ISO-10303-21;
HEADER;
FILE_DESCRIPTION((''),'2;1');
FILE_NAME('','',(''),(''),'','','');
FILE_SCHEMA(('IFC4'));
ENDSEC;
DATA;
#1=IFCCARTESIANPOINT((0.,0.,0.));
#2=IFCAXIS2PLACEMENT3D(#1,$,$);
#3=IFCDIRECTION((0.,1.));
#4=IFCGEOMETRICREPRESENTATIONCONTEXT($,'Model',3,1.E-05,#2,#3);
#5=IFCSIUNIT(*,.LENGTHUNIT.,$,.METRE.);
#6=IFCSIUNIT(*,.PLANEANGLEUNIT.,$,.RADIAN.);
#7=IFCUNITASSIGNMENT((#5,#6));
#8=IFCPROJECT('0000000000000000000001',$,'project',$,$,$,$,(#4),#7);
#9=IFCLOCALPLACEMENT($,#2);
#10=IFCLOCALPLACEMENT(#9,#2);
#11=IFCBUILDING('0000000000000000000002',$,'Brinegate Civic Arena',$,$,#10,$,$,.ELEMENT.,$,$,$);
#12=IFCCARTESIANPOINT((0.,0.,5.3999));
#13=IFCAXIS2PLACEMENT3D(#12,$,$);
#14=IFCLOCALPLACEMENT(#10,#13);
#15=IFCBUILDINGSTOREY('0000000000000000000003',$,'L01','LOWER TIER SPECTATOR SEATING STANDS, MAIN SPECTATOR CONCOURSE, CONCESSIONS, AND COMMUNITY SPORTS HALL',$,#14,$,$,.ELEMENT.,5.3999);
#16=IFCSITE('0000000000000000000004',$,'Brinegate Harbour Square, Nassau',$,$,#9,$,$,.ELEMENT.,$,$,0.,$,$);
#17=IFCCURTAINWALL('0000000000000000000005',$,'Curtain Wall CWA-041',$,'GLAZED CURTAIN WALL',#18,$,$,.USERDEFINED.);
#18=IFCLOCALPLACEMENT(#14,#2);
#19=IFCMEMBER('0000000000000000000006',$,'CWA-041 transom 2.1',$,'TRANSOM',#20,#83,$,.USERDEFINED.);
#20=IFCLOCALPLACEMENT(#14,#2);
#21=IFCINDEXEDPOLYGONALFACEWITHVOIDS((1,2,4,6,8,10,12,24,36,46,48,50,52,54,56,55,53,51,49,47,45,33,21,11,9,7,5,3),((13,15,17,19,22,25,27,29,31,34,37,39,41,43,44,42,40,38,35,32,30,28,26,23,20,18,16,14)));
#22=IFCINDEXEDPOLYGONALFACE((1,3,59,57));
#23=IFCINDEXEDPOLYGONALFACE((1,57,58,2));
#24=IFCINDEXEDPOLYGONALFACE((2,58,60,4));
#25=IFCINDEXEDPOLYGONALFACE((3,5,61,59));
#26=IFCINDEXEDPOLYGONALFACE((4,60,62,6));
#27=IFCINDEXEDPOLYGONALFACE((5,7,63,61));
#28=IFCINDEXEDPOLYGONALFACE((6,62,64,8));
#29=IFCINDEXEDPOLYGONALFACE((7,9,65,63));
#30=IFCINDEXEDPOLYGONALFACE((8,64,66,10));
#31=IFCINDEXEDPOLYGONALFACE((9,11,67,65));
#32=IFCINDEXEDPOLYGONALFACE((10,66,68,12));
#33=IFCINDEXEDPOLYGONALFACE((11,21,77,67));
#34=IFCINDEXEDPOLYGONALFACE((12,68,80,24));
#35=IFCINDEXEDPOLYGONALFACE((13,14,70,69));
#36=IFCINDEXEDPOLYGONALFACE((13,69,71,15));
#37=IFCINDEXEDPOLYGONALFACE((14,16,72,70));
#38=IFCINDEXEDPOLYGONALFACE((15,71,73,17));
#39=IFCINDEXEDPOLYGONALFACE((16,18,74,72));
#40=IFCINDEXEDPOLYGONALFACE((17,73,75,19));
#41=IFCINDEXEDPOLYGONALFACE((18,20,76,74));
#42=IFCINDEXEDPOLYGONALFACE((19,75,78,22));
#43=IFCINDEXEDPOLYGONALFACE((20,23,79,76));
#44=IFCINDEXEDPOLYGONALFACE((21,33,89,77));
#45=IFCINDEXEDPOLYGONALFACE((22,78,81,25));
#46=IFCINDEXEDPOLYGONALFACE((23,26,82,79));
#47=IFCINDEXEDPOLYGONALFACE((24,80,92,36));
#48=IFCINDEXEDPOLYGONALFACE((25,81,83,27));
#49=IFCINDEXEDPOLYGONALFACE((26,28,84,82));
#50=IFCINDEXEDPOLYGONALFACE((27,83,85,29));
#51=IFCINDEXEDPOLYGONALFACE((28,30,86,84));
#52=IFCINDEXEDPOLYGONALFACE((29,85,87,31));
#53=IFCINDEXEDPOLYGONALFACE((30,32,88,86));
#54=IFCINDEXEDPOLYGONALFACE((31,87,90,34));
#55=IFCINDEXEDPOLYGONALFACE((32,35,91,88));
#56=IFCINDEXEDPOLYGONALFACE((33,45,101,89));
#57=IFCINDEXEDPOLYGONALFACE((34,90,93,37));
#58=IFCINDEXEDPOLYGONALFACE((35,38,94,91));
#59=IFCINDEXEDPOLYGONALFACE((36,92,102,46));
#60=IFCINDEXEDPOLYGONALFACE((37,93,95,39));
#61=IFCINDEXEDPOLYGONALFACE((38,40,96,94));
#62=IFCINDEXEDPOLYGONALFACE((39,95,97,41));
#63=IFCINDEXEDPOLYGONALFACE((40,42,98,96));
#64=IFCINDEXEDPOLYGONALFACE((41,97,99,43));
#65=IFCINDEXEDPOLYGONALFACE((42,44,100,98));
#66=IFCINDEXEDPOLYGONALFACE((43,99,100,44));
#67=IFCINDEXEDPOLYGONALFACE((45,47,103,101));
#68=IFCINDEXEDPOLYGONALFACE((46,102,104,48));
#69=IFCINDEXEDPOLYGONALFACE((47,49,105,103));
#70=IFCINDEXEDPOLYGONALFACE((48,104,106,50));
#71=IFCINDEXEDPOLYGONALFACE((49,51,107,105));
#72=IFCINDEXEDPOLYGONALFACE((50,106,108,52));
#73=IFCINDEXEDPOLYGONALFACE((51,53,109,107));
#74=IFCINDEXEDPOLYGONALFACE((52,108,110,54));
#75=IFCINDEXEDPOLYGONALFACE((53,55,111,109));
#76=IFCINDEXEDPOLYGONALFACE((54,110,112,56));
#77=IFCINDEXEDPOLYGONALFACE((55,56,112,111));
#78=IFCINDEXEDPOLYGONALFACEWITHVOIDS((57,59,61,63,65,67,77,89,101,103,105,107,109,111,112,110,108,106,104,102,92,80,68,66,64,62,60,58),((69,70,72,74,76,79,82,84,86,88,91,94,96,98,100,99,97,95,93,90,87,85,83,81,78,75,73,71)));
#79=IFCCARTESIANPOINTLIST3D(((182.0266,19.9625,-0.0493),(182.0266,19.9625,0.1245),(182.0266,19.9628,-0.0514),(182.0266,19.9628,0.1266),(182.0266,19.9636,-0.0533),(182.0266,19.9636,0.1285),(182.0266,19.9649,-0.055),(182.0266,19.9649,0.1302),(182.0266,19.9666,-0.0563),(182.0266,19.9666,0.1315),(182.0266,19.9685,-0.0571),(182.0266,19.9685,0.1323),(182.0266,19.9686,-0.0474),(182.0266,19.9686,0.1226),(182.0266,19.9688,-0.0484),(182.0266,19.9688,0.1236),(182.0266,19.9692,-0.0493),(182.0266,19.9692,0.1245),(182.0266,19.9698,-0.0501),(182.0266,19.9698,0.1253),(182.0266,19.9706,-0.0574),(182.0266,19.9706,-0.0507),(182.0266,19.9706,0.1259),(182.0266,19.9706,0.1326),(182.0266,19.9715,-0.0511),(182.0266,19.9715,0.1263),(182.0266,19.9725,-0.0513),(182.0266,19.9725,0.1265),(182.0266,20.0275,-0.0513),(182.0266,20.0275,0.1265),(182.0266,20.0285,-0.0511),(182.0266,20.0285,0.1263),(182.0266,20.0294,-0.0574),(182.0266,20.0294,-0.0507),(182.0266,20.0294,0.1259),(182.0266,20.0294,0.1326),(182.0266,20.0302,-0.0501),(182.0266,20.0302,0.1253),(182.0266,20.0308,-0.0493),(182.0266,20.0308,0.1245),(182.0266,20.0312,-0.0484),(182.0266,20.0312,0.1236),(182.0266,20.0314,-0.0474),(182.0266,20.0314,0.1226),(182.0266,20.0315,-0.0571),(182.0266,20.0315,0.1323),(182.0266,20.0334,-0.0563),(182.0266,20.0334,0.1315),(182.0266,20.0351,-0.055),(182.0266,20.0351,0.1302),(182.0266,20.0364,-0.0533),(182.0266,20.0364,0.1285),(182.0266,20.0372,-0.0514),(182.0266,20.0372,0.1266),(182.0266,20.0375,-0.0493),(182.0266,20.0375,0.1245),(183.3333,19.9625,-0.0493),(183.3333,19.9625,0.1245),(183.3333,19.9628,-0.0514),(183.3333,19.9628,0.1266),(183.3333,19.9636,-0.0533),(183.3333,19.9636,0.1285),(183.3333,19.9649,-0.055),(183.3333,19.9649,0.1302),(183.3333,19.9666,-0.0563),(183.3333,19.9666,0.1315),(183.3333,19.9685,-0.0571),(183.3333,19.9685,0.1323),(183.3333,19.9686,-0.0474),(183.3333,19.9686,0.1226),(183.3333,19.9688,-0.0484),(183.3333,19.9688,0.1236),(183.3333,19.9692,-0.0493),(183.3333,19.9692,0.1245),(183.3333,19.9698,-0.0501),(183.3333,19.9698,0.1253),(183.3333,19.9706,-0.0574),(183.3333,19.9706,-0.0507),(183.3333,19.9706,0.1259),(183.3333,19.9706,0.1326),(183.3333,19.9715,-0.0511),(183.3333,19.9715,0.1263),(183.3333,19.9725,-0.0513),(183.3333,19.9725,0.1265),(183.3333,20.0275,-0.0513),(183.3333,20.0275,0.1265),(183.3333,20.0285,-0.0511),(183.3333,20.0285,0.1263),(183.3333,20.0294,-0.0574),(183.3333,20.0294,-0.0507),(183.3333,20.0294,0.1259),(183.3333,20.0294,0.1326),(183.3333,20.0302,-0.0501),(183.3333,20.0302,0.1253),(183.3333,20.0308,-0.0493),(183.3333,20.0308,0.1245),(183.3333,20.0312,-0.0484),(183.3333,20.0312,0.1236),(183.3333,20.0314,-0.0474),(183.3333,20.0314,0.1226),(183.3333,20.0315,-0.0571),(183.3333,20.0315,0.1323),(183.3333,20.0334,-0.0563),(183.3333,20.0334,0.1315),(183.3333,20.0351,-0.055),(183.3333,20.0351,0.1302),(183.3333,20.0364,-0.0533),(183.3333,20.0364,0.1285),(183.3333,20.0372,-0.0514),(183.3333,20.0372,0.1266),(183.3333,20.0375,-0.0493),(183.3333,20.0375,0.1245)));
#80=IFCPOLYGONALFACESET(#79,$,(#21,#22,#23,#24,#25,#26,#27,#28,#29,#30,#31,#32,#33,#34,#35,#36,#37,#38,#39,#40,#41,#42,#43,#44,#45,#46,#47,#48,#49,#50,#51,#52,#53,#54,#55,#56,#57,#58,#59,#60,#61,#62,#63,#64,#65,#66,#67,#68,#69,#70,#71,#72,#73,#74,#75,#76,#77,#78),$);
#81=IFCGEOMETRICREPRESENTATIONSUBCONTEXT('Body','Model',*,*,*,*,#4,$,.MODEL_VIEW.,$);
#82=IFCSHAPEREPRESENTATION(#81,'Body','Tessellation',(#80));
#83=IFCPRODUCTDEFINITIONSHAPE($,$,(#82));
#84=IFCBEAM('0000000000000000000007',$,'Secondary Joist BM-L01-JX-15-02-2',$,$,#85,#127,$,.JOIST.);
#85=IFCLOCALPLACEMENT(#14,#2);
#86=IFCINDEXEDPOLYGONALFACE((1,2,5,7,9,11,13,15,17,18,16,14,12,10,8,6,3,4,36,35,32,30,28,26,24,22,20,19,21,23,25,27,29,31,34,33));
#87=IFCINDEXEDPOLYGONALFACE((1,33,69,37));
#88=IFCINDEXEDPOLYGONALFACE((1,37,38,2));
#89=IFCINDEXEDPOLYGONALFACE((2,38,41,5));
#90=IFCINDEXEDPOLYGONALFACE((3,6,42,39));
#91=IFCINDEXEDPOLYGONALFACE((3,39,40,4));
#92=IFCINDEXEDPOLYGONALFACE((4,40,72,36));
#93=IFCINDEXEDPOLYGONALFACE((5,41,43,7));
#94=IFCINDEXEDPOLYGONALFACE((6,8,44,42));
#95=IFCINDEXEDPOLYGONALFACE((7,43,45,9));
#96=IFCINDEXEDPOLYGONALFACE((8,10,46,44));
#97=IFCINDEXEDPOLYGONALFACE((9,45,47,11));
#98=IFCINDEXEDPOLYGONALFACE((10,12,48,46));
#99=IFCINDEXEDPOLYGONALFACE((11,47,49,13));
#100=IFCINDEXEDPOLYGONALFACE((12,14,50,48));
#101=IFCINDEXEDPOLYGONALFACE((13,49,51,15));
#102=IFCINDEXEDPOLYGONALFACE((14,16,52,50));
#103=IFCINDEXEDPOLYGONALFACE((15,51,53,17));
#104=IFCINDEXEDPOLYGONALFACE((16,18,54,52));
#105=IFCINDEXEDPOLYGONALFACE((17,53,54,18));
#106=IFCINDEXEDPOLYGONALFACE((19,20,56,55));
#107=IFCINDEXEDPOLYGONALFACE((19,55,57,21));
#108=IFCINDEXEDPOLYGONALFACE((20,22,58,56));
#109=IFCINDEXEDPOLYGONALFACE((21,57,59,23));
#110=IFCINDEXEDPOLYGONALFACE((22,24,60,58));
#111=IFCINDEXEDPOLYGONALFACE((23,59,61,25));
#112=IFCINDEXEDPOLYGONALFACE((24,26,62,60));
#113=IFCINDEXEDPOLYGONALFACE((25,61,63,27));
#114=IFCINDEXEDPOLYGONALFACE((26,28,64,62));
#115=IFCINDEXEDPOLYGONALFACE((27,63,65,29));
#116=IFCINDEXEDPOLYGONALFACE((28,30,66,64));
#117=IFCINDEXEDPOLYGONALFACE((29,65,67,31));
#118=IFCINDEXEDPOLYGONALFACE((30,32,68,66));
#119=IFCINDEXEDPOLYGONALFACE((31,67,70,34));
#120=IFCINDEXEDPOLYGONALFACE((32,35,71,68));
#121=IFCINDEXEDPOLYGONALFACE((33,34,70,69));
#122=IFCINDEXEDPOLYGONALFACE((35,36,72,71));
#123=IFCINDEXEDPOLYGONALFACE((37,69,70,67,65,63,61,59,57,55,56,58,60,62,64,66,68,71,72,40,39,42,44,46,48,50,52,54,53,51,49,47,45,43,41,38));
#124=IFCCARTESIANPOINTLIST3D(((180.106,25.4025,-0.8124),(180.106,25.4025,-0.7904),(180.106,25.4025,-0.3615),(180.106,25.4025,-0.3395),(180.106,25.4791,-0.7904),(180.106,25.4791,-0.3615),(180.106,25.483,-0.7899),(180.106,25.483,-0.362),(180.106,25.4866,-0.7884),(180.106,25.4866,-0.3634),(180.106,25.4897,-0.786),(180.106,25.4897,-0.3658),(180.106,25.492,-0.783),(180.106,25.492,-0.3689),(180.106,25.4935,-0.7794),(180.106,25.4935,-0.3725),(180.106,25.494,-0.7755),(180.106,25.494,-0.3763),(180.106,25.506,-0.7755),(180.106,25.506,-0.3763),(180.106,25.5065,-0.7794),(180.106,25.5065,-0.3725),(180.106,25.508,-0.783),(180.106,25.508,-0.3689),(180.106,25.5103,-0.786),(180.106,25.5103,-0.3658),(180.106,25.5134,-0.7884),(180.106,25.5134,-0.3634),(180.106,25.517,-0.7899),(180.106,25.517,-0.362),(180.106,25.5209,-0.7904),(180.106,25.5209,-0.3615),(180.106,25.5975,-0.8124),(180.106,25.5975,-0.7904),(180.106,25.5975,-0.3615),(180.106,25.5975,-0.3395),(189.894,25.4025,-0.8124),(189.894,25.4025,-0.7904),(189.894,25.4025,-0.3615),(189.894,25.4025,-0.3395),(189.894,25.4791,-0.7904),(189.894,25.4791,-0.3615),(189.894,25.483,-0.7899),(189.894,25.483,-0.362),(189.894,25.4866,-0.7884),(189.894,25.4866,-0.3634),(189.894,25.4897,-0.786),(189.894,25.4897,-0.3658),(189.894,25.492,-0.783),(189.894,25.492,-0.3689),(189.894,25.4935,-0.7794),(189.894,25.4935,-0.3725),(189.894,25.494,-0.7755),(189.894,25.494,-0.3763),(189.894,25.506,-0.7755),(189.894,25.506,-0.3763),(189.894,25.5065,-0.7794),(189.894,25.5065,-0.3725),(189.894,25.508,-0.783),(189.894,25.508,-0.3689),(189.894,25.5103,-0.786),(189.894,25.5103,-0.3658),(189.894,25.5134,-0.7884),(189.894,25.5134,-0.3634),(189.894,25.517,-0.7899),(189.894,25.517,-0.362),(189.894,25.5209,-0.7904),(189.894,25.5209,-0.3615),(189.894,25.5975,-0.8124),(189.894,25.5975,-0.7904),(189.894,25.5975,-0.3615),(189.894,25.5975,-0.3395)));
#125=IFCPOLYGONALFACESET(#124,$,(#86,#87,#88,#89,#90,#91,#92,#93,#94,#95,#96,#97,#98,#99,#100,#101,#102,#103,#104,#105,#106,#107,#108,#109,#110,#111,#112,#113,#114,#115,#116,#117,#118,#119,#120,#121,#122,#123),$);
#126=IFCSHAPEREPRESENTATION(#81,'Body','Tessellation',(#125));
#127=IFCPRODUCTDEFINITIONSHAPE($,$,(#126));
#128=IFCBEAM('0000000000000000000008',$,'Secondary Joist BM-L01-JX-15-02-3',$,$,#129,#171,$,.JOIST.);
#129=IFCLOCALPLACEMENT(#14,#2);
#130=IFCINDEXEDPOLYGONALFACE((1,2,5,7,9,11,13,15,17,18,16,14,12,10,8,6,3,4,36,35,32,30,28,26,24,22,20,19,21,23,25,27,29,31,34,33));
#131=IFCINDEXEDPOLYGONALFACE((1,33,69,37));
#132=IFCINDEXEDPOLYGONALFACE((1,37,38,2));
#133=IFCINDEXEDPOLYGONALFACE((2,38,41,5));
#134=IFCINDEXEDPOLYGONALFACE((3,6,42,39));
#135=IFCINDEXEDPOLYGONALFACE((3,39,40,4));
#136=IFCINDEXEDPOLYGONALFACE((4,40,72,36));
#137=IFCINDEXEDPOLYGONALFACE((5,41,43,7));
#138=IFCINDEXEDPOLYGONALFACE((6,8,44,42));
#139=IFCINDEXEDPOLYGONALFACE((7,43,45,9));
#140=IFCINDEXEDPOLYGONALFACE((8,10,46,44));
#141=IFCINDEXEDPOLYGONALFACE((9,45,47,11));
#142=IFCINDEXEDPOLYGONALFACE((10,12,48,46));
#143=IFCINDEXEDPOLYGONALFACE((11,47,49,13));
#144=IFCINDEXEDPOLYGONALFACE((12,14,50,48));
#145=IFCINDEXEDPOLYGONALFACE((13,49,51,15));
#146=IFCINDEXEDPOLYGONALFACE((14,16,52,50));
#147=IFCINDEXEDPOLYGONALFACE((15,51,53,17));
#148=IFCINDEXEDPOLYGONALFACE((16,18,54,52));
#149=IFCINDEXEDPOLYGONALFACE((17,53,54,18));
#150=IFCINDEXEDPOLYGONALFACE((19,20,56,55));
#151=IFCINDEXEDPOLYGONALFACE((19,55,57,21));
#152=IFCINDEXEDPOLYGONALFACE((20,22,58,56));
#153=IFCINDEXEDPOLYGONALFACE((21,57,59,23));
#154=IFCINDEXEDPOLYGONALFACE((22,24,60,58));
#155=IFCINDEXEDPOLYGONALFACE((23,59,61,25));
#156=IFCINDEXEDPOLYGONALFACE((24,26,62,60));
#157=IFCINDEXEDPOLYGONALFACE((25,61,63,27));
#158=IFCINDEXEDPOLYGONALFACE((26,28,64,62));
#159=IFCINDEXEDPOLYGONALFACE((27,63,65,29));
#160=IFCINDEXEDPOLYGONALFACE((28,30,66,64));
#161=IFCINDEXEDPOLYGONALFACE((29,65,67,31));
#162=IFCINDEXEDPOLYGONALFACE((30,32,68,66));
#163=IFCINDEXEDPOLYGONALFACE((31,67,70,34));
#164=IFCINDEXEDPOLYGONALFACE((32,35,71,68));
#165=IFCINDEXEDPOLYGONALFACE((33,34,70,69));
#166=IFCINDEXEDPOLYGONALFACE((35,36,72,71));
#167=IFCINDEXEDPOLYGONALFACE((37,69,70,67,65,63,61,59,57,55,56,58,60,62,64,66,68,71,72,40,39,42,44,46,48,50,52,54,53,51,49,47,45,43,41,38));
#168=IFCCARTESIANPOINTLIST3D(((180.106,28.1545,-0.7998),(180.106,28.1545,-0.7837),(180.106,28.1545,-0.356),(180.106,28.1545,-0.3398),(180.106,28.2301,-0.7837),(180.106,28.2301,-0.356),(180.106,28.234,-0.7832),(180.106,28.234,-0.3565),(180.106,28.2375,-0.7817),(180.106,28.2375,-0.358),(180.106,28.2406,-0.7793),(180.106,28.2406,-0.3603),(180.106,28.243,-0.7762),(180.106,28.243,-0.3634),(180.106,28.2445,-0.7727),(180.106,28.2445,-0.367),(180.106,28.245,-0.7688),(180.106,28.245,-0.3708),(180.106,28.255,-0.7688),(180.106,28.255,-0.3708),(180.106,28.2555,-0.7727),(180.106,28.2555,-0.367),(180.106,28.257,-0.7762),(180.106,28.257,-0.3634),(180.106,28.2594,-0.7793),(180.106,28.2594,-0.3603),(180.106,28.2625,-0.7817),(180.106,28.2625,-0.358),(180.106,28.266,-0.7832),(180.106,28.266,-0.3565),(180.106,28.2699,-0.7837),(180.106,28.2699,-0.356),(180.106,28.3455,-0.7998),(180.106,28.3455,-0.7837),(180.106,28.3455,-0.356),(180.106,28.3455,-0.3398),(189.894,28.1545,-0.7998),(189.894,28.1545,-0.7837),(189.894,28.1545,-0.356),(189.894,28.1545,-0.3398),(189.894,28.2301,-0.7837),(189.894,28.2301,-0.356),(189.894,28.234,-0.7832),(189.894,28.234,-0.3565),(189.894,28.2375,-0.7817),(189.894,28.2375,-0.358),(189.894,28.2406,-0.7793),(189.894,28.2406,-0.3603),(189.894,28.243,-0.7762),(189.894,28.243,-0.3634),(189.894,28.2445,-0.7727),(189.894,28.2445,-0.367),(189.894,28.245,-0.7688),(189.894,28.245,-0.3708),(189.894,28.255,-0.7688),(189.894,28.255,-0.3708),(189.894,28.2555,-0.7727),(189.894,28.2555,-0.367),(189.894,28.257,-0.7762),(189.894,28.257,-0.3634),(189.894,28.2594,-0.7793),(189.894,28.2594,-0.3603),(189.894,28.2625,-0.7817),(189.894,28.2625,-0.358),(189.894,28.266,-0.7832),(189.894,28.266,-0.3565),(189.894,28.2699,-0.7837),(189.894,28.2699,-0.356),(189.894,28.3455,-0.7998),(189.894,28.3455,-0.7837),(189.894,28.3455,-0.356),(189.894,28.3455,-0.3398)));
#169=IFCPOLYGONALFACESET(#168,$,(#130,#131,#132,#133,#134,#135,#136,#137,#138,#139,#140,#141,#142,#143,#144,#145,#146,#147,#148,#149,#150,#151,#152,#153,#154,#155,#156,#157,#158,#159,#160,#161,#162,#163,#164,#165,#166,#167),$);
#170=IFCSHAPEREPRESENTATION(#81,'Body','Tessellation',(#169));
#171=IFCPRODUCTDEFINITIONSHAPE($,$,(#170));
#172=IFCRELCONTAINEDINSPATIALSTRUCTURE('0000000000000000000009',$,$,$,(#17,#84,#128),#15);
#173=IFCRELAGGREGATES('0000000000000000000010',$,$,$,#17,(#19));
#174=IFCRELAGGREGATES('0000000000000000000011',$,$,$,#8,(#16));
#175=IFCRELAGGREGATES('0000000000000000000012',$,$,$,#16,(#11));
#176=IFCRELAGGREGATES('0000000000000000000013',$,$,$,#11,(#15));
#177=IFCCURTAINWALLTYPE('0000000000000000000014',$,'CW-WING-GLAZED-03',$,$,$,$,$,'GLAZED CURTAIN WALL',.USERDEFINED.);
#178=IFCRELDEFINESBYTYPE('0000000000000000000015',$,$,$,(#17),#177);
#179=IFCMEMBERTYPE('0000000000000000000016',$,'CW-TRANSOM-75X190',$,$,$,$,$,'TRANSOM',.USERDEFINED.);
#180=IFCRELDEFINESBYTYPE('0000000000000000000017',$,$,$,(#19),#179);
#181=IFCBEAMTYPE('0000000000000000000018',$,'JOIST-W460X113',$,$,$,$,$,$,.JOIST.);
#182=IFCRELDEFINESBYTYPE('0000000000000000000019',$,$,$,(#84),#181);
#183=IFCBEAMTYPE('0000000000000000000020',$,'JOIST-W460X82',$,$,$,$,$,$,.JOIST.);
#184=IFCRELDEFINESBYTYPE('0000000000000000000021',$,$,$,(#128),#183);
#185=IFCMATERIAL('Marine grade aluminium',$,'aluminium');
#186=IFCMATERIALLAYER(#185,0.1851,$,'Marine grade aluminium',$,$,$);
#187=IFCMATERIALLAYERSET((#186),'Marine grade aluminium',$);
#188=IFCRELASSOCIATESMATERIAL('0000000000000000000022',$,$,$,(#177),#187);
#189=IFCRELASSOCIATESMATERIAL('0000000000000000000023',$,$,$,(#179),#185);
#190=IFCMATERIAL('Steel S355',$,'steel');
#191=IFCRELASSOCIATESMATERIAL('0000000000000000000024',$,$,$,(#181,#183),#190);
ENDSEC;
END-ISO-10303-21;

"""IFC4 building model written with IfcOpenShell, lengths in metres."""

from ifc_helpers import new_model, si_unit, direction, frame, origin, origin_2d, place, context, subcontext, project, spatial, hollow_rectangle, i_section, extrude, material, layer, layer_set, material_profile, profile_set, type_object, element, aggregate, save


model = new_model("IFC4")

# Units and contexts
model_context = context("Model", 3, precision=1e-05, world=origin(), true_north=direction((0.0, 1.0)))
body_context = subcontext(model_context, "Body", "Model", "MODEL_VIEW")
ifc_project = project(units=[si_unit("LENGTHUNIT", "METRE"), si_unit("PLANEANGLEUNIT", "RADIAN")], contexts=[model_context])

# Site, building, storey
site_placement = place(None, origin())
site = spatial("IfcSite", under=ifc_project, at=site_placement, Name="Brinegate Harbour Square, Nassau", CompositionType="ELEMENT", RefElevation=0.0)
building_placement = place(site_placement, origin())
building = spatial("IfcBuilding", under=site, at=building_placement, Name="Brinegate Civic Arena", CompositionType="ELEMENT")
storey_placement = place(building_placement, frame((0.0, 0.0, 5.3999)))
storey = spatial("IfcBuildingStorey", under=building, at=storey_placement, Name="L01", Description="LOWER TIER SPECTATOR SEATING STANDS, MAIN SPECTATOR CONCOURSE, CONCESSIONS, AND COMMUNITY SPORTS HALL", CompositionType="ELEMENT", Elevation=5.3999)

# Curtain wall
ifc_material_1 = material(Name="Marine grade aluminium", Category="aluminium")
ifc_layer_1 = layer(ifc_material_1, 0.1851, Name="Marine grade aluminium")
ifc_layer_set_1 = layer_set([ifc_layer_1], Name="Marine grade aluminium")
curtain_wall_type = type_object("IfcCurtainWallType", Name="CW-WING-GLAZED-03", ElementType="GLAZED CURTAIN WALL", PredefinedType="USERDEFINED", material=ifc_layer_set_1)
curtain_wall_1_placement = place(storey_placement, origin())
curtain_wall_1 = element("IfcCurtainWall", 1, at=curtain_wall_1_placement, inside=storey, type_object=curtain_wall_type, Name="Curtain Wall CWA-041", ObjectType="GLAZED CURTAIN WALL", PredefinedType="USERDEFINED")

# Member
ifc_material_profile_1 = material_profile(ifc_material_1, hollow_rectangle(XDim=0.075, YDim=0.1899, WallThickness=0.0061, InnerFilletRadius=0.0039, OuterFilletRadius=0.0081, at=origin_2d()), Name="TRN75X190")
ifc_profile_set_1 = profile_set([ifc_material_profile_1], Name="Marine grade aluminium")
member_type_1 = type_object("IfcMemberType", Name="CW-TRANSOM-75X190", ElementType="TRANSOM", PredefinedType="USERDEFINED", material=ifc_profile_set_1)
member_1_placement = place(storey_placement, frame((182.0266, 20.0, 0.0376), z_axis=(1.0, 0.0, 0.0), x_axis=(0.0, 1.0, 0.0)))
member_1 = element("IfcMember", 2, at=member_1_placement, type_object=member_type_1, Name="CWA-041 transom 2.1", ObjectType="TRANSOM", PredefinedType="USERDEFINED", context=body_context, shape_type="SweptSolid", body=[
    extrude(hollow_rectangle(XDim=0.075, YDim=0.1899, WallThickness=0.0061, InnerFilletRadius=0.0039, OuterFilletRadius=0.0081, at=origin_2d()), origin(), (0.0, 0.0, 1.0), 1.3066),
])

# Beams
ifc_material_2 = material(Name="Steel S355", Category="steel")
ifc_material_profile_2 = material_profile(ifc_material_2, i_section(OverallWidth=0.1951, OverallDepth=0.4729, WebThickness=0.012, FlangeThickness=0.022, FilletRadius=0.0149, at=origin_2d()), Name="W460X113")
ifc_profile_set_2 = profile_set([ifc_material_profile_2], Name="Steel S355")
beam_type_1 = type_object("IfcBeamType", Name="JOIST-W460X113", PredefinedType="JOIST", material=ifc_profile_set_2)
beam_1_placement = place(storey_placement, frame((180.106, 25.5, -0.5759), z_axis=(1.0, 0.0, 0.0), x_axis=(0.0, 1.0, 0.0)))
element("IfcBeam", 3, at=beam_1_placement, inside=storey, type_object=beam_type_1, Name="Secondary Joist BM-L01-JX-15-02-2", PredefinedType="JOIST", context=body_context, shape_type="SweptSolid", body=[
    extrude(i_section(OverallWidth=0.1951, OverallDepth=0.4729, WebThickness=0.012, FlangeThickness=0.022, FilletRadius=0.0149, at=origin_2d()), origin(), (0.0, 0.0, 1.0), 9.7881),
])
ifc_material_profile_3 = material_profile(ifc_material_2, i_section(OverallWidth=0.1909, OverallDepth=0.46, WebThickness=0.01, FlangeThickness=0.0161, FilletRadius=0.0149, at=origin_2d()), Name="W460X82")
ifc_profile_set_3 = profile_set([ifc_material_profile_3], Name="Steel S355")
beam_type_2 = type_object("IfcBeamType", Name="JOIST-W460X82", PredefinedType="JOIST", material=ifc_profile_set_3)
beam_2_placement = place(storey_placement, frame((180.106, 28.25, -0.5698), z_axis=(1.0, 0.0, 0.0), x_axis=(0.0, 1.0, 0.0)))
element("IfcBeam", 4, at=beam_2_placement, inside=storey, type_object=beam_type_2, Name="Secondary Joist BM-L01-JX-15-02-3", PredefinedType="JOIST", context=body_context, shape_type="SweptSolid", body=[
    extrude(i_section(OverallWidth=0.1909, OverallDepth=0.46, WebThickness=0.01, FlangeThickness=0.0161, FilletRadius=0.0149, at=origin_2d()), origin(), (0.0, 0.0, 1.0), 9.7881),
])

aggregate(curtain_wall_1, [member_1])

save(model, "model.ifc")
